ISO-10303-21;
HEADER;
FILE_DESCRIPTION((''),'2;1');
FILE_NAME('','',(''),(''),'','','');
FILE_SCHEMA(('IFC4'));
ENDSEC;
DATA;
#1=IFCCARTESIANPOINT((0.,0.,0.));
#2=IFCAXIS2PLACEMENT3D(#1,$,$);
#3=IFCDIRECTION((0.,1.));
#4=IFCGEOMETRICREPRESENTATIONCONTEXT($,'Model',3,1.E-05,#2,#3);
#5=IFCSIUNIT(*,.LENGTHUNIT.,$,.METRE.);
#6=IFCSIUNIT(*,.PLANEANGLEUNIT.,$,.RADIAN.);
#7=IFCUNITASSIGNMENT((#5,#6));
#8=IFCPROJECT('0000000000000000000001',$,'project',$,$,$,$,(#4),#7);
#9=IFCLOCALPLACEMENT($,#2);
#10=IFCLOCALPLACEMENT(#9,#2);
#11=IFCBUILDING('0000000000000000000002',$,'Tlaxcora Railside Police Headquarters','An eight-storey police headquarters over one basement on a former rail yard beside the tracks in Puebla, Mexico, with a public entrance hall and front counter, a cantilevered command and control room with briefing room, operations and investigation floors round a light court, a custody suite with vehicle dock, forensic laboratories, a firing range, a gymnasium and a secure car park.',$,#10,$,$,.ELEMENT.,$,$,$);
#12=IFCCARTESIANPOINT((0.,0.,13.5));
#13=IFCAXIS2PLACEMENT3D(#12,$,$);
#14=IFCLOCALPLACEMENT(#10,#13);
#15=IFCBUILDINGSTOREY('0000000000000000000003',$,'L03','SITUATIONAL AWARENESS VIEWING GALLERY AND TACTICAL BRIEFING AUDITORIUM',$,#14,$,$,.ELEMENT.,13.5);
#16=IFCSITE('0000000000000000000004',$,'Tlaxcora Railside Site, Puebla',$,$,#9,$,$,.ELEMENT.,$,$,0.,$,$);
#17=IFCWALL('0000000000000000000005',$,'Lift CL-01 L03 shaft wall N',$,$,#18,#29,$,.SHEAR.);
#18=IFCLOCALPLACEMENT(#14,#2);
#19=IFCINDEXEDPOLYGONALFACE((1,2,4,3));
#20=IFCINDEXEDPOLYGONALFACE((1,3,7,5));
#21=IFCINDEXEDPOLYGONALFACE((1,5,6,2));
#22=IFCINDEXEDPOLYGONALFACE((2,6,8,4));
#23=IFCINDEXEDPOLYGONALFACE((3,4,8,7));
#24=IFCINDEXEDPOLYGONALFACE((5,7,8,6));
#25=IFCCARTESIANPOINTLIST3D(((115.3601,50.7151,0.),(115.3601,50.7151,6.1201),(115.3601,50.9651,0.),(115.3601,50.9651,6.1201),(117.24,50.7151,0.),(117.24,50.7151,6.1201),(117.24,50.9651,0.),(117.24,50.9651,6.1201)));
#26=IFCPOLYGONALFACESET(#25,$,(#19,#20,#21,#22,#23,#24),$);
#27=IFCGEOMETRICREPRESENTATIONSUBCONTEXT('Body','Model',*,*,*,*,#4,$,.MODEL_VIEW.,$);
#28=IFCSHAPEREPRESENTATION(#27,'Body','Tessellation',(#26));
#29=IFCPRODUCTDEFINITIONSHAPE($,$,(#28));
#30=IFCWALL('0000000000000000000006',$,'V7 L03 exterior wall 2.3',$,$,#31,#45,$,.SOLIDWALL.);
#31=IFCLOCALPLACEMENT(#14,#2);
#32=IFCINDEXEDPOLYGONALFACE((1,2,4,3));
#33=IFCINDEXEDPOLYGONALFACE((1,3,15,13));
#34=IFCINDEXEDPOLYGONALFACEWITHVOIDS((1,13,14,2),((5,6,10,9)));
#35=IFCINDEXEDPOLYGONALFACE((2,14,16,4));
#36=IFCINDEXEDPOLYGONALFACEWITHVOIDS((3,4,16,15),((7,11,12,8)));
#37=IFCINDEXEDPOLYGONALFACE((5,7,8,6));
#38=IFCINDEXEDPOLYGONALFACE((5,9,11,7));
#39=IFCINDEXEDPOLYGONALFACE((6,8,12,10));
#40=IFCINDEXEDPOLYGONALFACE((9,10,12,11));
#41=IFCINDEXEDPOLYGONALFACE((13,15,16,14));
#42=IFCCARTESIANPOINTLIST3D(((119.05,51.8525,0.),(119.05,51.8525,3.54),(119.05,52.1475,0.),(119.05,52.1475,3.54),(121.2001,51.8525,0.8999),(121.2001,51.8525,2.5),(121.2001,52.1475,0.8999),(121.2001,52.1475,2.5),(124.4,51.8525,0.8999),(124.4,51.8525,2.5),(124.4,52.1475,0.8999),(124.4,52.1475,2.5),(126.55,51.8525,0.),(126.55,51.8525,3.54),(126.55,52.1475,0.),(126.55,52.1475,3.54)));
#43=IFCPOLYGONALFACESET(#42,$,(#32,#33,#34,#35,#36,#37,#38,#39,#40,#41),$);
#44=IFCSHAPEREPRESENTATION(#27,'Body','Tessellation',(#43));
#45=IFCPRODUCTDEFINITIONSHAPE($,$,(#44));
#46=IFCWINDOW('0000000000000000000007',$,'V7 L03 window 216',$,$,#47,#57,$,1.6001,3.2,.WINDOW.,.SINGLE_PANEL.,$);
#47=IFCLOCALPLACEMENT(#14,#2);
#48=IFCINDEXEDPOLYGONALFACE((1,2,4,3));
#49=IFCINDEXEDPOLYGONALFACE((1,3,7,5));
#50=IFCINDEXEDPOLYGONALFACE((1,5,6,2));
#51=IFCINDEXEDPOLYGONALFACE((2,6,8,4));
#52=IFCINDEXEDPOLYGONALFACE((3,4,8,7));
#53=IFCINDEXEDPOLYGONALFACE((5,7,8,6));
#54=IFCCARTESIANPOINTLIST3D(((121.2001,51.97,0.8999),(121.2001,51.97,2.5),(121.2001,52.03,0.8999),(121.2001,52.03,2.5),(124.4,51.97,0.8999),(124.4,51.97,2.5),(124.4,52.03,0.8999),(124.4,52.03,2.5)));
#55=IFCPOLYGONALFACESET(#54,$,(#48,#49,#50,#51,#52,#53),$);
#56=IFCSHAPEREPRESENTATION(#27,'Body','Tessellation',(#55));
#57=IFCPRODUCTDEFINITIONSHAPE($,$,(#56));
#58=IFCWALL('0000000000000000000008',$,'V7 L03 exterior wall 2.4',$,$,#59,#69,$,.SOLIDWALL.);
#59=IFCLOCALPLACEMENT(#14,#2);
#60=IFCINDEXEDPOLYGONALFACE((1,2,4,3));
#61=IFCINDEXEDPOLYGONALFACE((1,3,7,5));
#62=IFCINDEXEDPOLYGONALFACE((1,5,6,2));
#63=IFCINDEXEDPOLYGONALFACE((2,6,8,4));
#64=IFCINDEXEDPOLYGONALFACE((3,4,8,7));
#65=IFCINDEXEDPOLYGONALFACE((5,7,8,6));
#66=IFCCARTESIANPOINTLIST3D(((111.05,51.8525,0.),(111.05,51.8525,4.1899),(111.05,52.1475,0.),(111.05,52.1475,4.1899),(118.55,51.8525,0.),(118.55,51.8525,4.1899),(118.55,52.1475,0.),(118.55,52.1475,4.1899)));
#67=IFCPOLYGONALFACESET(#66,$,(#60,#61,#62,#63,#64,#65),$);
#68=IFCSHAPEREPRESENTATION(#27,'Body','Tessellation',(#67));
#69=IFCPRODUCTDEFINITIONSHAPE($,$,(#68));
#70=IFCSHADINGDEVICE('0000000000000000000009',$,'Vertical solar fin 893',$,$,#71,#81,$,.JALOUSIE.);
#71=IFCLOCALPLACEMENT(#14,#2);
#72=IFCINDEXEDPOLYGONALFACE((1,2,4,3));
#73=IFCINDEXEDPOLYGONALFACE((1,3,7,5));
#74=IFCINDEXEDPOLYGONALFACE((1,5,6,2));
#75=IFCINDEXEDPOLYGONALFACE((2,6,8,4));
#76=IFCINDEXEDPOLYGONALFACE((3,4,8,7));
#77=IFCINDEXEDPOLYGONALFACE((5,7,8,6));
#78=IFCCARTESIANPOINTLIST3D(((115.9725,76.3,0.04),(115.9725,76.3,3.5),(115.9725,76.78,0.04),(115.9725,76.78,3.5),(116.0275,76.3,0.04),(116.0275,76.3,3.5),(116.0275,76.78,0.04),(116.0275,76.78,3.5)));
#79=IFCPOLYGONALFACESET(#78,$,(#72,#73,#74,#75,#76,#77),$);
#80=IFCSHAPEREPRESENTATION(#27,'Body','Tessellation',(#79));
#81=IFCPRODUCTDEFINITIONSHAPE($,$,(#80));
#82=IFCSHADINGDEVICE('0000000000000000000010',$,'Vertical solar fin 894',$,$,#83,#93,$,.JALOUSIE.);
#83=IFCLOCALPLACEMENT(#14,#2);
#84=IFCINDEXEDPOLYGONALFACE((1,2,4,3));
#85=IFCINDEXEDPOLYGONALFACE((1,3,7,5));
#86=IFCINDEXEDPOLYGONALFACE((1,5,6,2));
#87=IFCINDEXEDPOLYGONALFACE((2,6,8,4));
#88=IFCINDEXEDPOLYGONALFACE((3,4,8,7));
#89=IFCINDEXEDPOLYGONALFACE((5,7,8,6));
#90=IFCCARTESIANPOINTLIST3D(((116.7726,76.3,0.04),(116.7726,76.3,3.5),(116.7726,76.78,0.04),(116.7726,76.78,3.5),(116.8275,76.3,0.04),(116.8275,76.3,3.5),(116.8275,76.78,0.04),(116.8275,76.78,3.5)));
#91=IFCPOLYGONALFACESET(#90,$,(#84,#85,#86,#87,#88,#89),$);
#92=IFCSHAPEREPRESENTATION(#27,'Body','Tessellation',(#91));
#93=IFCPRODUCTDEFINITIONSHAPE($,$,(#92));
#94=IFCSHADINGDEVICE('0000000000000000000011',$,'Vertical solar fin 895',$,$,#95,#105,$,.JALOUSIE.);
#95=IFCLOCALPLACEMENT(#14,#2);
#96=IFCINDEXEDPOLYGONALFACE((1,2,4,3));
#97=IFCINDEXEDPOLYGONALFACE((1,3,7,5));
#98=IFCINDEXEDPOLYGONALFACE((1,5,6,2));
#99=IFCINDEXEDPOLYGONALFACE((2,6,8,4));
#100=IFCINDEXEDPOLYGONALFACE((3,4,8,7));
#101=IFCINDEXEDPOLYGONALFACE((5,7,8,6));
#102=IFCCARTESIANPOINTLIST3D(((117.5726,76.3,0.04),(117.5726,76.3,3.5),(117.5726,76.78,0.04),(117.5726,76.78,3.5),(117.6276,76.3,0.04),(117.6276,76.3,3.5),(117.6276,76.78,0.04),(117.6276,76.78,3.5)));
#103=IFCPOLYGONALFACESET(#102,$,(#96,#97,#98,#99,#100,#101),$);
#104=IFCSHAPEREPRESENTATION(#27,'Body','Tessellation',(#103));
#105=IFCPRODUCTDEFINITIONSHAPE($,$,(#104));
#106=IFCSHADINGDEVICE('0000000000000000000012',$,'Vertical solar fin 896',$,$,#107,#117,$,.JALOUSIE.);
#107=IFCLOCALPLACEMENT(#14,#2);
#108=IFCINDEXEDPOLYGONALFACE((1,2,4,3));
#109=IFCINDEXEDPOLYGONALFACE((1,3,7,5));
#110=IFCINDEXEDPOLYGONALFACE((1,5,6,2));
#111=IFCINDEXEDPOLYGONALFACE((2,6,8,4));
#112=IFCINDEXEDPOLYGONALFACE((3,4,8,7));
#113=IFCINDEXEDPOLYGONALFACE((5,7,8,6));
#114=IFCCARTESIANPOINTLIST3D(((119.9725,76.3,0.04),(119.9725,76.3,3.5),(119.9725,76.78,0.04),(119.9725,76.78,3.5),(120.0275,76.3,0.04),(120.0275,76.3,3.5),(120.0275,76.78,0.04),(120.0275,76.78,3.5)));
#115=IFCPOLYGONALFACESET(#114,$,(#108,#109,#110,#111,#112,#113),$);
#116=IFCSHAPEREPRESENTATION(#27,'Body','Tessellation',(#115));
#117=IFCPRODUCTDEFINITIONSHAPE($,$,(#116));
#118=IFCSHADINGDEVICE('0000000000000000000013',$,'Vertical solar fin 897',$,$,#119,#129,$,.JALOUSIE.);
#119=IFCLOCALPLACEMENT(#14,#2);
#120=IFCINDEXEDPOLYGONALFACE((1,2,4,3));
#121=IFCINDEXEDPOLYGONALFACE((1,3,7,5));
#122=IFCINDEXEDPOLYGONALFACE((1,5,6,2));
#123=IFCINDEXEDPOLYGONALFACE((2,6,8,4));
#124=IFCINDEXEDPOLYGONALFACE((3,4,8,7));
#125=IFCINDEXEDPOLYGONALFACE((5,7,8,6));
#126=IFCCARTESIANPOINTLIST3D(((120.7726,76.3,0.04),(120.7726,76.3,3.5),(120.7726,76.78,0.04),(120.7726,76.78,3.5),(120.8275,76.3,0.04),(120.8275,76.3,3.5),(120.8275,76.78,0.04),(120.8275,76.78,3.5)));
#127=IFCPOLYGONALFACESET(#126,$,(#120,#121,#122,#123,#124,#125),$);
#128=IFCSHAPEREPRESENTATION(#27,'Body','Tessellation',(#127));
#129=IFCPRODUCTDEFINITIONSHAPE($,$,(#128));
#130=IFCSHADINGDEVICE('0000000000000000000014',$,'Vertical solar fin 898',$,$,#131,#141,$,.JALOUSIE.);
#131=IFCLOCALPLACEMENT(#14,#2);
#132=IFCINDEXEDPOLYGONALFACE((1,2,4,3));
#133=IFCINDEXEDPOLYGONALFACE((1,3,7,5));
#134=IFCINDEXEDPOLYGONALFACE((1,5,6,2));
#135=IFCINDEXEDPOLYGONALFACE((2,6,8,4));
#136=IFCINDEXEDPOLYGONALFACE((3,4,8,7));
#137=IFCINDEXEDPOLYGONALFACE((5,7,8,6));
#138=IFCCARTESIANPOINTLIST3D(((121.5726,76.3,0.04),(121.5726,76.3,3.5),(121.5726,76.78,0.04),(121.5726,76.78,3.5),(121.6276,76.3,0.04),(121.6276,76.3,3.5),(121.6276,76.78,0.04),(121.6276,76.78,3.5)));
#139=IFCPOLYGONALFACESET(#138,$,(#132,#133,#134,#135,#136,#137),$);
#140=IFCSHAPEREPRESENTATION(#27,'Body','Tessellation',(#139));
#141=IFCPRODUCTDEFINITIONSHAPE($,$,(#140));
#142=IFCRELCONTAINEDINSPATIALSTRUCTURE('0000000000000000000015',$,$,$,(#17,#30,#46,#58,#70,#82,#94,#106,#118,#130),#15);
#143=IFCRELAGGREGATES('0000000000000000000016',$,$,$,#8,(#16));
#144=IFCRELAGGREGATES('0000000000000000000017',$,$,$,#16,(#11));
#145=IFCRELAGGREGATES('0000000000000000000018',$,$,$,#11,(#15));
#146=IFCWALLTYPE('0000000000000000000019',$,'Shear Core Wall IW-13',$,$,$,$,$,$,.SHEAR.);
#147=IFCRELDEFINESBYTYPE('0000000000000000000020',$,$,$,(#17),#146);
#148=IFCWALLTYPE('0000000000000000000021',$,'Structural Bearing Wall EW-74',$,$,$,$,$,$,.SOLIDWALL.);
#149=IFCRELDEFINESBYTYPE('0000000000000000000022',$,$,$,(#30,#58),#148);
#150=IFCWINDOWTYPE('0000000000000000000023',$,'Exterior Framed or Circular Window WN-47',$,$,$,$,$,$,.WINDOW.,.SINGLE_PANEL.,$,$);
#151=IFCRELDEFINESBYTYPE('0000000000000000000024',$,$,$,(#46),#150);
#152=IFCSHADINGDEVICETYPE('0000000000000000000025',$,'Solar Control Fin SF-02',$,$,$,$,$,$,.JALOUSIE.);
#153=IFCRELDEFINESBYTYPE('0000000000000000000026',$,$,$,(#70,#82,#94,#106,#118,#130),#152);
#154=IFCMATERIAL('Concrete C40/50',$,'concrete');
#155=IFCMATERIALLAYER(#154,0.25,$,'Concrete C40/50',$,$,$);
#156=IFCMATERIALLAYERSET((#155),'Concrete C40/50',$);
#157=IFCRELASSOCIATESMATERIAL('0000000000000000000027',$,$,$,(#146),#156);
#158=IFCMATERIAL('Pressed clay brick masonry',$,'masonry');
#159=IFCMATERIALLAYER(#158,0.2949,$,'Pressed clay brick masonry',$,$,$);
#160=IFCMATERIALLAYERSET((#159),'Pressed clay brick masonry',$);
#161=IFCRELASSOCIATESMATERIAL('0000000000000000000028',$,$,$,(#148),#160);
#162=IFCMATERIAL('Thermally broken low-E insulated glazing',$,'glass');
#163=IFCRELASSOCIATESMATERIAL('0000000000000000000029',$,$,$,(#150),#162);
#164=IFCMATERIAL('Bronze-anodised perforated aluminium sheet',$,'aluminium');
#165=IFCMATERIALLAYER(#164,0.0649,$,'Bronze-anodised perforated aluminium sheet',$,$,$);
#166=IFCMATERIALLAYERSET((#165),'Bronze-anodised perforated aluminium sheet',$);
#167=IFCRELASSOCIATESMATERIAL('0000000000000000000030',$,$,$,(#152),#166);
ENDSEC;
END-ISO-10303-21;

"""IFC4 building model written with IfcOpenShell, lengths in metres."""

from ifc_helpers import new_model, si_unit, direction, frame, frame_2d, origin, origin_2d, place, context, subcontext, project, spatial, rectangle, extrude, material, layer, layer_set, type_object, element, fill, save


model = new_model("IFC4")

# Units and contexts
model_context = context("Model", 3, precision=1e-05, world=origin(), true_north=direction((0.0, 1.0)))
body_context = subcontext(model_context, "Body", "Model", "MODEL_VIEW")
ifc_project = project(units=[si_unit("LENGTHUNIT", "METRE"), si_unit("PLANEANGLEUNIT", "RADIAN")], contexts=[model_context])

# Site, building, storey
site_placement = place(None, origin())
site = spatial("IfcSite", under=ifc_project, at=site_placement, Name="Tlaxcora Railside Site, Puebla", CompositionType="ELEMENT", RefElevation=0.0)
building_placement = place(site_placement, origin())
building = spatial("IfcBuilding", under=site, at=building_placement, Name="Tlaxcora Railside Police Headquarters", Description="An eight-storey police headquarters over one basement on a former rail yard beside the tracks in Puebla, Mexico, with a public entrance hall and front counter, a cantilevered command and control room with briefing room, operations and investigation floors round a light court, a custody suite with vehicle dock, forensic laboratories, a firing range, a gymnasium and a secure car park.", CompositionType="ELEMENT")
storey_placement = place(building_placement, frame((0.0, 0.0, 13.5)))
storey = spatial("IfcBuildingStorey", under=building, at=storey_placement, Name="L03", Description="SITUATIONAL AWARENESS VIEWING GALLERY AND TACTICAL BRIEFING AUDITORIUM", CompositionType="ELEMENT", Elevation=13.5)

# Shared definitions
ifc_material_1 = material(Name="Concrete C40/50", Category="concrete")

# Wall
ifc_layer_1 = layer(ifc_material_1, 0.25, Name="Concrete C40/50")
ifc_layer_set_1 = layer_set([ifc_layer_1], Name="Concrete C40/50")
wall_type_1 = type_object("IfcWallType", Name="Shear Core Wall IW-13", PredefinedType="SHEAR", material=ifc_layer_set_1)
wall_1_placement = place(storey_placement, frame((117.24, 50.8401, 0.0), z_axis=(0.0, 0.0, 1.0), x_axis=(-1.0, 0.0, 0.0)))
element("IfcWall", 1, at=wall_1_placement, inside=storey, type_object=wall_type_1, Name="Lift CL-01 L03 shaft wall N", PredefinedType="SHEAR", context=body_context, shape_type="SweptSolid", body=[
    extrude(rectangle(XDim=1.8799, YDim=0.25, at=frame_2d((0.9399, 0.0))), origin(), (0.0, 0.0, 1.0), 6.1201),
])

# Wall, opening, window
ifc_material_2 = material(Name="Pressed clay brick masonry", Category="masonry")
ifc_layer_2 = layer(ifc_material_2, 0.2949, Name="Pressed clay brick masonry")
ifc_layer_set_2 = layer_set([ifc_layer_2], Name="Pressed clay brick masonry")
wall_type_2 = type_object("IfcWallType", Name="Structural Bearing Wall EW-74", PredefinedType="SOLIDWALL", material=ifc_layer_set_2)
wall_2_placement = place(storey_placement, frame((126.55, 52.0, 0.0), z_axis=(0.0, 0.0, 1.0), x_axis=(-1.0, 0.0, 0.0)))
wall_2 = element("IfcWall", 2, at=wall_2_placement, inside=storey, type_object=wall_type_2, Name="V7 L03 exterior wall 2.3", PredefinedType="SOLIDWALL", context=body_context, shape_type="SweptSolid", body=[
    extrude(rectangle(XDim=7.5, YDim=0.2949, at=frame_2d((3.75, 0.0))), origin(), (0.0, 0.0, 1.0), 3.54),
])
opening_1_placement = place(wall_2_placement, frame((2.1499, 0.0, 0.8999)))
opening_1 = element("IfcOpeningElement", 3, at=opening_1_placement, cuts=wall_2, PredefinedType="OPENING", context=body_context, shape_type="SweptSolid", body=[
    extrude(rectangle(XDim=3.2, YDim=1.6001, at=frame_2d((1.6001, 0.8))), frame((0.0, 0.1575, 0.0), z_axis=(0.0, -1.0, 0.0), x_axis=(1.0, 0.0, 0.0)), (0.0, 0.0, 1.0), 0.3149),
])
ifc_material_3 = material(Name="Thermally broken low-E insulated glazing", Category="glass")
window_type = type_object("IfcWindowType", Name="Exterior Framed or Circular Window WN-47", PartitioningType="SINGLE_PANEL", PredefinedType="WINDOW", material=ifc_material_3)
window_placement = place(opening_1_placement, origin())
window = element("IfcWindow", 4, at=window_placement, inside=storey, type_object=window_type, Name="V7 L03 window 216", OverallHeight=1.6001, OverallWidth=3.2, PartitioningType="SINGLE_PANEL", PredefinedType="WINDOW", context=body_context, shape_type="SweptSolid", body=[
    extrude(rectangle(XDim=3.2, YDim=1.6001, at=frame_2d((1.6001, 0.8))), frame((0.0, 0.03, 0.0), z_axis=(0.0, -1.0, 0.0), x_axis=(1.0, 0.0, 0.0)), (0.0, 0.0, 1.0), 0.0601),
])
fill(opening_1, window)

# Wall
wall_3_placement = place(storey_placement, frame((118.55, 52.0, 0.0), z_axis=(0.0, 0.0, 1.0), x_axis=(-1.0, 0.0, 0.0)))
element("IfcWall", 5, at=wall_3_placement, inside=storey, type_object=wall_type_2, Name="V7 L03 exterior wall 2.4", PredefinedType="SOLIDWALL", context=body_context, shape_type="SweptSolid", body=[
    extrude(rectangle(XDim=7.5, YDim=0.2949, at=frame_2d((3.75, 0.0))), origin(), (0.0, 0.0, 1.0), 4.1899),
])

# Shading devices
ifc_material_4 = material(Name="Bronze-anodised perforated aluminium sheet", Category="aluminium")
ifc_layer_3 = layer(ifc_material_4, 0.0649, Name="Bronze-anodised perforated aluminium sheet")
ifc_layer_set_3 = layer_set([ifc_layer_3], Name="Bronze-anodised perforated aluminium sheet")
shading_device_type = type_object("IfcShadingDeviceType", Name="Solar Control Fin SF-02", PredefinedType="JALOUSIE", material=ifc_layer_set_3)
for number, where, z_axis, x_axis, name in (
    (6, (116.0, 76.54, 0.04), (0.0, 0.0, 1.0), (0.0, -1.0, 0.0), "Vertical solar fin 893"),
    (7, (116.8, 76.54, 0.04), (0.0, 0.0, 1.0), (0.0, -1.0, 0.0), "Vertical solar fin 894"),
    (8, (117.6001, 76.54, 0.04), (0.0, 0.0, 1.0), (0.0, -1.0, 0.0), "Vertical solar fin 895"),
    (9, (120.0, 76.54, 0.04), (0.0, 0.0, 1.0), (0.0, -1.0, 0.0), "Vertical solar fin 896"),
    (10, (120.8, 76.54, 0.04), (0.0, 0.0, 1.0), (0.0, -1.0, 0.0), "Vertical solar fin 897"),
    (11, (121.6001, 76.54, 0.04), (0.0, 0.0, 1.0), (0.0, -1.0, 0.0), "Vertical solar fin 898"),
):
    element("IfcShadingDevice", number, at=place(storey_placement, frame(where, z_axis=z_axis, x_axis=x_axis)), inside=storey, type_object=shading_device_type, Name=name, PredefinedType="JALOUSIE", context=body_context, shape_type="SweptSolid", body=[
        extrude(rectangle(XDim=0.48, YDim=0.0549, at=origin_2d()), origin(), (0.0, 0.0, 1.0), 3.46),
    ])

save(model, "model.ifc")
